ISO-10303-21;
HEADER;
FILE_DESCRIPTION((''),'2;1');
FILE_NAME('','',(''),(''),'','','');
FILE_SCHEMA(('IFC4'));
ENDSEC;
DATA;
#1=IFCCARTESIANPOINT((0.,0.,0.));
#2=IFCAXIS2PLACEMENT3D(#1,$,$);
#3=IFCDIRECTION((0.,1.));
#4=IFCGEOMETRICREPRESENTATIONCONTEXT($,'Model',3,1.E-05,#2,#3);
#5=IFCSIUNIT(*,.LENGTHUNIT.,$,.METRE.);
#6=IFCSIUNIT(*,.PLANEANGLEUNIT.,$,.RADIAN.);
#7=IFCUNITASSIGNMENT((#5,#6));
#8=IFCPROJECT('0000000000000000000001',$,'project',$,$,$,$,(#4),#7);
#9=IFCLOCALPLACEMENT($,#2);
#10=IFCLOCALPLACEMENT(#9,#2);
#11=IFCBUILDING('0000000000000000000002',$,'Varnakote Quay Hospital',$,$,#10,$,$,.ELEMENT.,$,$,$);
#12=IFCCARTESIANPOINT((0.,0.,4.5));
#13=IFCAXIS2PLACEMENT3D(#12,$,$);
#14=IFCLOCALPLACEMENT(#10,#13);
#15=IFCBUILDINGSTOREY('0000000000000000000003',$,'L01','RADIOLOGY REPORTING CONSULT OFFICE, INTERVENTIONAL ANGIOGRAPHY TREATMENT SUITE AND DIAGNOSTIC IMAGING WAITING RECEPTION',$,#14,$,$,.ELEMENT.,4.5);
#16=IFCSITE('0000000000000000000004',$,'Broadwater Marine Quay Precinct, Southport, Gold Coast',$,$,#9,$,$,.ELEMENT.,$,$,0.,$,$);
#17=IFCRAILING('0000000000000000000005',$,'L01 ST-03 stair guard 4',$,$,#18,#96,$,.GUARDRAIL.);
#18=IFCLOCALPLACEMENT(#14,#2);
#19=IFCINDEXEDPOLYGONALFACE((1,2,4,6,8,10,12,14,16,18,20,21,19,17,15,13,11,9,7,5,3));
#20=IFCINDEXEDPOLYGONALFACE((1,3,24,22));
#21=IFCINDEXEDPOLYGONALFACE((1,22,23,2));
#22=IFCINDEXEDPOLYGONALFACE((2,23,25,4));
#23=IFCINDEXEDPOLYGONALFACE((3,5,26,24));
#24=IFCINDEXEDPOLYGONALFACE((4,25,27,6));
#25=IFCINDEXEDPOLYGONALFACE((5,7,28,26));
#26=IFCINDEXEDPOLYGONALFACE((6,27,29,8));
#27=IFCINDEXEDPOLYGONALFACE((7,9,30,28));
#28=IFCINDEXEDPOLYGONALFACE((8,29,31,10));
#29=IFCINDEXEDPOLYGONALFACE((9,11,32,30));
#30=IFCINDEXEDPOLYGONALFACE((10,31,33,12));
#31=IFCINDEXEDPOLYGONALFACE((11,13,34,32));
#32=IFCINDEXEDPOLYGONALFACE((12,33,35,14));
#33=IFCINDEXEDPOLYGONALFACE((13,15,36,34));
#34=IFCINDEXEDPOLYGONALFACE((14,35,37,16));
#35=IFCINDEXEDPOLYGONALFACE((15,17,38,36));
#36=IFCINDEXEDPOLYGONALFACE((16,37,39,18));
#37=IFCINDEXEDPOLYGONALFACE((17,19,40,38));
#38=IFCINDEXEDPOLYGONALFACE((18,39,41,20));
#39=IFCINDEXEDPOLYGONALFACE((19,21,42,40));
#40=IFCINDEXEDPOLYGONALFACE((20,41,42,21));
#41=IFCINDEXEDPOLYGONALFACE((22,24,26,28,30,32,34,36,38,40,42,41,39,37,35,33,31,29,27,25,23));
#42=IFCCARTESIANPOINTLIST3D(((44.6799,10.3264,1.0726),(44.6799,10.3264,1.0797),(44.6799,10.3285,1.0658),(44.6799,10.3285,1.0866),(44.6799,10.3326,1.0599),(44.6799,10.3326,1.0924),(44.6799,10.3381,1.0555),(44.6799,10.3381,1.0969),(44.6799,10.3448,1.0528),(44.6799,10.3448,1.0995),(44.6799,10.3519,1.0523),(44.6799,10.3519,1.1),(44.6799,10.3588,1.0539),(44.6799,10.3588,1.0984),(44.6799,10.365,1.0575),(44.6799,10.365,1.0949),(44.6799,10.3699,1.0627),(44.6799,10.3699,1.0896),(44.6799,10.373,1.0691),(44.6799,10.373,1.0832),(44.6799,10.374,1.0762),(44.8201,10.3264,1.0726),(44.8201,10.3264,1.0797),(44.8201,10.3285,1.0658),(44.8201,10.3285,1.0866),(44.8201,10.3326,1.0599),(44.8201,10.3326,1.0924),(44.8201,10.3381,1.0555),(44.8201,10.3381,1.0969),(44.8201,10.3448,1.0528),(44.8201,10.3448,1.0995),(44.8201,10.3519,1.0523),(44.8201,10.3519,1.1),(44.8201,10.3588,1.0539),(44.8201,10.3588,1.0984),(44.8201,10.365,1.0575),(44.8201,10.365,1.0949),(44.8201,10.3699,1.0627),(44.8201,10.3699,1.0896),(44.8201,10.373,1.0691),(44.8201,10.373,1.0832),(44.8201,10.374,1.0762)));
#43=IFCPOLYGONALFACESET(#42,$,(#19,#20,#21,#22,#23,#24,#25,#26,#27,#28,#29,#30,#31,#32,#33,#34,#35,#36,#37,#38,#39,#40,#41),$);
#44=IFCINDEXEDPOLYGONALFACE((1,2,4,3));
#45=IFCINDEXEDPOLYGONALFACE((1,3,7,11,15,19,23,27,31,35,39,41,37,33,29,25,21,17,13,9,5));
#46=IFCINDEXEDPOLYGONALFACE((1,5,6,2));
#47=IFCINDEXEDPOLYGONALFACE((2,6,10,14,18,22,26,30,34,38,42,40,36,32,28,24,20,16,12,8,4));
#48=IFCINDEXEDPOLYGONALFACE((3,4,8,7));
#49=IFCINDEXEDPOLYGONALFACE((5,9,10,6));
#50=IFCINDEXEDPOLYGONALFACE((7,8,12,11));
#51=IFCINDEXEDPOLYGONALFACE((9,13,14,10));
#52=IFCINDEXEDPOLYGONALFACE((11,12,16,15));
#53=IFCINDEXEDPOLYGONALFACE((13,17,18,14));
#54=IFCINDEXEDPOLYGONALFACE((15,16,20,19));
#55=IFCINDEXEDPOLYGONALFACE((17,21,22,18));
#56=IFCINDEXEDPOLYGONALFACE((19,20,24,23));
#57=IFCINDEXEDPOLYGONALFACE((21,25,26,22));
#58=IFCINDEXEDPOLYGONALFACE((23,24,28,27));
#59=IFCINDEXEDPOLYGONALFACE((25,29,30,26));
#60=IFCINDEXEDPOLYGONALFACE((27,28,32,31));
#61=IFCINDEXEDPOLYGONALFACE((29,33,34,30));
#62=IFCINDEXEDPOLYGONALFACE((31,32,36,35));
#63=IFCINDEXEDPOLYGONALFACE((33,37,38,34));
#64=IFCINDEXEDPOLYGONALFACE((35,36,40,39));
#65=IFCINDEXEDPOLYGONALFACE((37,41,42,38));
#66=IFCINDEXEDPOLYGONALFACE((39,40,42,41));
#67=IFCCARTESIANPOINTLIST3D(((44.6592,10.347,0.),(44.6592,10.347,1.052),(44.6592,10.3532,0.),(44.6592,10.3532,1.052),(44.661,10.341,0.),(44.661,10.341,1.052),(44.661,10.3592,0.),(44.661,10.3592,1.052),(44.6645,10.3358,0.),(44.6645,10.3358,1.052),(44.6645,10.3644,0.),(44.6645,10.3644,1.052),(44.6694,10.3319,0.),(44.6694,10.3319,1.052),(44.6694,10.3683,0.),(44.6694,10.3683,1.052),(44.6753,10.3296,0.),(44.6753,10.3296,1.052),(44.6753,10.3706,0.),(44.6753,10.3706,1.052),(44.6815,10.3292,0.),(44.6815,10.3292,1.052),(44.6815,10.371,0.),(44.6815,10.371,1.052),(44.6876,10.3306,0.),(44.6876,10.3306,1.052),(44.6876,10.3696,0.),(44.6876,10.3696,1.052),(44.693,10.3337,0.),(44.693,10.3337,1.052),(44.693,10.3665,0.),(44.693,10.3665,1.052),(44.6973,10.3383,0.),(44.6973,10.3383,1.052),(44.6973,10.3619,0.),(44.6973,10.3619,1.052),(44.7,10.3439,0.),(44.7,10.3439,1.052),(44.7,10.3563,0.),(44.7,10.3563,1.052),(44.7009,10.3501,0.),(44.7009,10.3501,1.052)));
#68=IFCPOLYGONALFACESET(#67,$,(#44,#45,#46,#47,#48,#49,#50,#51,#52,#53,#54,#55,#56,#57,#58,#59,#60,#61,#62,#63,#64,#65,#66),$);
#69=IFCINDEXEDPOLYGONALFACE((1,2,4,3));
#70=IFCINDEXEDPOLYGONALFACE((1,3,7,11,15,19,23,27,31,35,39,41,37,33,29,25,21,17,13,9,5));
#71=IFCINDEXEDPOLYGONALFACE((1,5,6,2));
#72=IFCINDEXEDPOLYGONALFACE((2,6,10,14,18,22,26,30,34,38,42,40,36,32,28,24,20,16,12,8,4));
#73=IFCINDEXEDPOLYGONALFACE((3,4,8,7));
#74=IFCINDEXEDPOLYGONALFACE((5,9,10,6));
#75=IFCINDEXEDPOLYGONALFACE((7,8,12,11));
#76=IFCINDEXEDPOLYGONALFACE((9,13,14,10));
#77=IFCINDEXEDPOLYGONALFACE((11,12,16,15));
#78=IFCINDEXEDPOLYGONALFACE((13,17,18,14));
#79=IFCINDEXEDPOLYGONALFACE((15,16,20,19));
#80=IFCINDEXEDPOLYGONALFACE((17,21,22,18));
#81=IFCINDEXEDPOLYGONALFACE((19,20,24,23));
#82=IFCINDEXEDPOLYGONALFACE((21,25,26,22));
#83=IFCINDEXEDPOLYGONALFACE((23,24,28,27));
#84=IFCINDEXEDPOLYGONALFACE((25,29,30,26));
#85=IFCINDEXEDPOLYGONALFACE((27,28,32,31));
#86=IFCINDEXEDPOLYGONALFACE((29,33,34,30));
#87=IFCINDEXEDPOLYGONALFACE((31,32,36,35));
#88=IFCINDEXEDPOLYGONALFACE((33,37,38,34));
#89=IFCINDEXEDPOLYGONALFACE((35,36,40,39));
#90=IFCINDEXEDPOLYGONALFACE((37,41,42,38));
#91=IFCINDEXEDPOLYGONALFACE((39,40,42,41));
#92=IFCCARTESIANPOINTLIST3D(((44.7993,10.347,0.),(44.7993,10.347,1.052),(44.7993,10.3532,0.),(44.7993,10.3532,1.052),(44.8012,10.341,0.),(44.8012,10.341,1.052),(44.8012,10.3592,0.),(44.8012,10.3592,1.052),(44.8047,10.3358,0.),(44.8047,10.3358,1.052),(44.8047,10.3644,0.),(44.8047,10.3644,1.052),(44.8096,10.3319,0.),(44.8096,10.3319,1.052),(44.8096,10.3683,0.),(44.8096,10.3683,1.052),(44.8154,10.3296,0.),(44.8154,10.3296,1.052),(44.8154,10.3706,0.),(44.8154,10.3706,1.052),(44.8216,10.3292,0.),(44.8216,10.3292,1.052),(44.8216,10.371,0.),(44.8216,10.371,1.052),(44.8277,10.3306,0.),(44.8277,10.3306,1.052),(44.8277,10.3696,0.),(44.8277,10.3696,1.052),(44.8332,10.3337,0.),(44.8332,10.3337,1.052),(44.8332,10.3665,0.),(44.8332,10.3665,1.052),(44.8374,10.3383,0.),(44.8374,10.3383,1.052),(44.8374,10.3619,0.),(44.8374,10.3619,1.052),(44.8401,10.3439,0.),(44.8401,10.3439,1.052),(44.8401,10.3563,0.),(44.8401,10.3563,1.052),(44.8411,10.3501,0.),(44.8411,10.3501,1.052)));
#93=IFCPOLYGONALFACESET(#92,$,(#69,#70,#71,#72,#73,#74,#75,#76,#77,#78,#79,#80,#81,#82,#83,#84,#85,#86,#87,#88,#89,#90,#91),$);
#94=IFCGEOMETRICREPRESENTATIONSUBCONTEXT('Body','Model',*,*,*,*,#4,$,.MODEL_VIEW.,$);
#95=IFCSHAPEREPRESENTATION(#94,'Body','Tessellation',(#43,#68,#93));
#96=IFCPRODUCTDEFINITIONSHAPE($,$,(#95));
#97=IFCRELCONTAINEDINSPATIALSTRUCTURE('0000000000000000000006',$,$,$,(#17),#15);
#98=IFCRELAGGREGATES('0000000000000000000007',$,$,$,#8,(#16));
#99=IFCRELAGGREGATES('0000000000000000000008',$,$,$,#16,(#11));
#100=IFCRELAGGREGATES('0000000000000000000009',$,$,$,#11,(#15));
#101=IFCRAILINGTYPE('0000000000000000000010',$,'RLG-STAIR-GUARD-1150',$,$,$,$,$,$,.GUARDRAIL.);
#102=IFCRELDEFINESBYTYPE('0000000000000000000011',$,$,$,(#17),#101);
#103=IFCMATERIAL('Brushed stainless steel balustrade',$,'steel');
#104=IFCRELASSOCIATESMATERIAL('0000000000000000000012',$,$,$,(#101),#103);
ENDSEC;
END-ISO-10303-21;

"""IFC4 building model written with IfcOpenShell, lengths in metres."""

from ifc_helpers import new_model, si_unit, direction, frame, origin, origin_2d, place, context, subcontext, project, spatial, circle, extrude, material, type_object, element, save


model = new_model("IFC4")

# Units and contexts
model_context = context("Model", 3, precision=1e-05, world=origin(), true_north=direction((0.0, 1.0)))
body_context = subcontext(model_context, "Body", "Model", "MODEL_VIEW")
ifc_project = project(units=[si_unit("LENGTHUNIT", "METRE"), si_unit("PLANEANGLEUNIT", "RADIAN")], contexts=[model_context])

# Site, building, storey
site_placement = place(None, origin())
site = spatial("IfcSite", under=ifc_project, at=site_placement, Name="Broadwater Marine Quay Precinct, Southport, Gold Coast", CompositionType="ELEMENT", RefElevation=0.0)
building_placement = place(site_placement, origin())
building = spatial("IfcBuilding", under=site, at=building_placement, Name="Varnakote Quay Hospital", CompositionType="ELEMENT")
storey_placement = place(building_placement, frame((0.0, 0.0, 4.5)))
storey = spatial("IfcBuildingStorey", under=building, at=storey_placement, Name="L01", Description="RADIOLOGY REPORTING CONSULT OFFICE, INTERVENTIONAL ANGIOGRAPHY TREATMENT SUITE AND DIAGNOSTIC IMAGING WAITING RECEPTION", CompositionType="ELEMENT", Elevation=4.5)

# Railing
ifc_material_1 = material(Name="Brushed stainless steel balustrade", Category="steel")
railing_type_1 = type_object("IfcRailingType", Name="RLG-STAIR-GUARD-1150", PredefinedType="GUARDRAIL", material=ifc_material_1)
railing_1_placement = place(storey_placement, frame((44.6799, 10.3501, 0.0)))
element("IfcRailing", 1, at=railing_1_placement, inside=storey, type_object=railing_type_1, Name="L01 ST-03 stair guard 4", PredefinedType="GUARDRAIL", context=body_context, shape_type="SweptSolid", body=[
    extrude(circle(Radius=0.0239, at=origin_2d()), frame((0.0, 0.0, 1.0762), z_axis=(1.0, 0.0, 0.0), x_axis=(0.0, 1.0, 0.0)), (0.0, 0.0, 1.0), 0.1401),
    extrude(circle(Radius=0.021, at=origin_2d()), origin(), (0.0, 0.0, 1.0), 1.052),
    extrude(circle(Radius=0.021, at=origin_2d()), frame((0.1401, 0.0, 0.0)), (0.0, 0.0, 1.0), 1.052),
])

save(model, "model.ifc")
